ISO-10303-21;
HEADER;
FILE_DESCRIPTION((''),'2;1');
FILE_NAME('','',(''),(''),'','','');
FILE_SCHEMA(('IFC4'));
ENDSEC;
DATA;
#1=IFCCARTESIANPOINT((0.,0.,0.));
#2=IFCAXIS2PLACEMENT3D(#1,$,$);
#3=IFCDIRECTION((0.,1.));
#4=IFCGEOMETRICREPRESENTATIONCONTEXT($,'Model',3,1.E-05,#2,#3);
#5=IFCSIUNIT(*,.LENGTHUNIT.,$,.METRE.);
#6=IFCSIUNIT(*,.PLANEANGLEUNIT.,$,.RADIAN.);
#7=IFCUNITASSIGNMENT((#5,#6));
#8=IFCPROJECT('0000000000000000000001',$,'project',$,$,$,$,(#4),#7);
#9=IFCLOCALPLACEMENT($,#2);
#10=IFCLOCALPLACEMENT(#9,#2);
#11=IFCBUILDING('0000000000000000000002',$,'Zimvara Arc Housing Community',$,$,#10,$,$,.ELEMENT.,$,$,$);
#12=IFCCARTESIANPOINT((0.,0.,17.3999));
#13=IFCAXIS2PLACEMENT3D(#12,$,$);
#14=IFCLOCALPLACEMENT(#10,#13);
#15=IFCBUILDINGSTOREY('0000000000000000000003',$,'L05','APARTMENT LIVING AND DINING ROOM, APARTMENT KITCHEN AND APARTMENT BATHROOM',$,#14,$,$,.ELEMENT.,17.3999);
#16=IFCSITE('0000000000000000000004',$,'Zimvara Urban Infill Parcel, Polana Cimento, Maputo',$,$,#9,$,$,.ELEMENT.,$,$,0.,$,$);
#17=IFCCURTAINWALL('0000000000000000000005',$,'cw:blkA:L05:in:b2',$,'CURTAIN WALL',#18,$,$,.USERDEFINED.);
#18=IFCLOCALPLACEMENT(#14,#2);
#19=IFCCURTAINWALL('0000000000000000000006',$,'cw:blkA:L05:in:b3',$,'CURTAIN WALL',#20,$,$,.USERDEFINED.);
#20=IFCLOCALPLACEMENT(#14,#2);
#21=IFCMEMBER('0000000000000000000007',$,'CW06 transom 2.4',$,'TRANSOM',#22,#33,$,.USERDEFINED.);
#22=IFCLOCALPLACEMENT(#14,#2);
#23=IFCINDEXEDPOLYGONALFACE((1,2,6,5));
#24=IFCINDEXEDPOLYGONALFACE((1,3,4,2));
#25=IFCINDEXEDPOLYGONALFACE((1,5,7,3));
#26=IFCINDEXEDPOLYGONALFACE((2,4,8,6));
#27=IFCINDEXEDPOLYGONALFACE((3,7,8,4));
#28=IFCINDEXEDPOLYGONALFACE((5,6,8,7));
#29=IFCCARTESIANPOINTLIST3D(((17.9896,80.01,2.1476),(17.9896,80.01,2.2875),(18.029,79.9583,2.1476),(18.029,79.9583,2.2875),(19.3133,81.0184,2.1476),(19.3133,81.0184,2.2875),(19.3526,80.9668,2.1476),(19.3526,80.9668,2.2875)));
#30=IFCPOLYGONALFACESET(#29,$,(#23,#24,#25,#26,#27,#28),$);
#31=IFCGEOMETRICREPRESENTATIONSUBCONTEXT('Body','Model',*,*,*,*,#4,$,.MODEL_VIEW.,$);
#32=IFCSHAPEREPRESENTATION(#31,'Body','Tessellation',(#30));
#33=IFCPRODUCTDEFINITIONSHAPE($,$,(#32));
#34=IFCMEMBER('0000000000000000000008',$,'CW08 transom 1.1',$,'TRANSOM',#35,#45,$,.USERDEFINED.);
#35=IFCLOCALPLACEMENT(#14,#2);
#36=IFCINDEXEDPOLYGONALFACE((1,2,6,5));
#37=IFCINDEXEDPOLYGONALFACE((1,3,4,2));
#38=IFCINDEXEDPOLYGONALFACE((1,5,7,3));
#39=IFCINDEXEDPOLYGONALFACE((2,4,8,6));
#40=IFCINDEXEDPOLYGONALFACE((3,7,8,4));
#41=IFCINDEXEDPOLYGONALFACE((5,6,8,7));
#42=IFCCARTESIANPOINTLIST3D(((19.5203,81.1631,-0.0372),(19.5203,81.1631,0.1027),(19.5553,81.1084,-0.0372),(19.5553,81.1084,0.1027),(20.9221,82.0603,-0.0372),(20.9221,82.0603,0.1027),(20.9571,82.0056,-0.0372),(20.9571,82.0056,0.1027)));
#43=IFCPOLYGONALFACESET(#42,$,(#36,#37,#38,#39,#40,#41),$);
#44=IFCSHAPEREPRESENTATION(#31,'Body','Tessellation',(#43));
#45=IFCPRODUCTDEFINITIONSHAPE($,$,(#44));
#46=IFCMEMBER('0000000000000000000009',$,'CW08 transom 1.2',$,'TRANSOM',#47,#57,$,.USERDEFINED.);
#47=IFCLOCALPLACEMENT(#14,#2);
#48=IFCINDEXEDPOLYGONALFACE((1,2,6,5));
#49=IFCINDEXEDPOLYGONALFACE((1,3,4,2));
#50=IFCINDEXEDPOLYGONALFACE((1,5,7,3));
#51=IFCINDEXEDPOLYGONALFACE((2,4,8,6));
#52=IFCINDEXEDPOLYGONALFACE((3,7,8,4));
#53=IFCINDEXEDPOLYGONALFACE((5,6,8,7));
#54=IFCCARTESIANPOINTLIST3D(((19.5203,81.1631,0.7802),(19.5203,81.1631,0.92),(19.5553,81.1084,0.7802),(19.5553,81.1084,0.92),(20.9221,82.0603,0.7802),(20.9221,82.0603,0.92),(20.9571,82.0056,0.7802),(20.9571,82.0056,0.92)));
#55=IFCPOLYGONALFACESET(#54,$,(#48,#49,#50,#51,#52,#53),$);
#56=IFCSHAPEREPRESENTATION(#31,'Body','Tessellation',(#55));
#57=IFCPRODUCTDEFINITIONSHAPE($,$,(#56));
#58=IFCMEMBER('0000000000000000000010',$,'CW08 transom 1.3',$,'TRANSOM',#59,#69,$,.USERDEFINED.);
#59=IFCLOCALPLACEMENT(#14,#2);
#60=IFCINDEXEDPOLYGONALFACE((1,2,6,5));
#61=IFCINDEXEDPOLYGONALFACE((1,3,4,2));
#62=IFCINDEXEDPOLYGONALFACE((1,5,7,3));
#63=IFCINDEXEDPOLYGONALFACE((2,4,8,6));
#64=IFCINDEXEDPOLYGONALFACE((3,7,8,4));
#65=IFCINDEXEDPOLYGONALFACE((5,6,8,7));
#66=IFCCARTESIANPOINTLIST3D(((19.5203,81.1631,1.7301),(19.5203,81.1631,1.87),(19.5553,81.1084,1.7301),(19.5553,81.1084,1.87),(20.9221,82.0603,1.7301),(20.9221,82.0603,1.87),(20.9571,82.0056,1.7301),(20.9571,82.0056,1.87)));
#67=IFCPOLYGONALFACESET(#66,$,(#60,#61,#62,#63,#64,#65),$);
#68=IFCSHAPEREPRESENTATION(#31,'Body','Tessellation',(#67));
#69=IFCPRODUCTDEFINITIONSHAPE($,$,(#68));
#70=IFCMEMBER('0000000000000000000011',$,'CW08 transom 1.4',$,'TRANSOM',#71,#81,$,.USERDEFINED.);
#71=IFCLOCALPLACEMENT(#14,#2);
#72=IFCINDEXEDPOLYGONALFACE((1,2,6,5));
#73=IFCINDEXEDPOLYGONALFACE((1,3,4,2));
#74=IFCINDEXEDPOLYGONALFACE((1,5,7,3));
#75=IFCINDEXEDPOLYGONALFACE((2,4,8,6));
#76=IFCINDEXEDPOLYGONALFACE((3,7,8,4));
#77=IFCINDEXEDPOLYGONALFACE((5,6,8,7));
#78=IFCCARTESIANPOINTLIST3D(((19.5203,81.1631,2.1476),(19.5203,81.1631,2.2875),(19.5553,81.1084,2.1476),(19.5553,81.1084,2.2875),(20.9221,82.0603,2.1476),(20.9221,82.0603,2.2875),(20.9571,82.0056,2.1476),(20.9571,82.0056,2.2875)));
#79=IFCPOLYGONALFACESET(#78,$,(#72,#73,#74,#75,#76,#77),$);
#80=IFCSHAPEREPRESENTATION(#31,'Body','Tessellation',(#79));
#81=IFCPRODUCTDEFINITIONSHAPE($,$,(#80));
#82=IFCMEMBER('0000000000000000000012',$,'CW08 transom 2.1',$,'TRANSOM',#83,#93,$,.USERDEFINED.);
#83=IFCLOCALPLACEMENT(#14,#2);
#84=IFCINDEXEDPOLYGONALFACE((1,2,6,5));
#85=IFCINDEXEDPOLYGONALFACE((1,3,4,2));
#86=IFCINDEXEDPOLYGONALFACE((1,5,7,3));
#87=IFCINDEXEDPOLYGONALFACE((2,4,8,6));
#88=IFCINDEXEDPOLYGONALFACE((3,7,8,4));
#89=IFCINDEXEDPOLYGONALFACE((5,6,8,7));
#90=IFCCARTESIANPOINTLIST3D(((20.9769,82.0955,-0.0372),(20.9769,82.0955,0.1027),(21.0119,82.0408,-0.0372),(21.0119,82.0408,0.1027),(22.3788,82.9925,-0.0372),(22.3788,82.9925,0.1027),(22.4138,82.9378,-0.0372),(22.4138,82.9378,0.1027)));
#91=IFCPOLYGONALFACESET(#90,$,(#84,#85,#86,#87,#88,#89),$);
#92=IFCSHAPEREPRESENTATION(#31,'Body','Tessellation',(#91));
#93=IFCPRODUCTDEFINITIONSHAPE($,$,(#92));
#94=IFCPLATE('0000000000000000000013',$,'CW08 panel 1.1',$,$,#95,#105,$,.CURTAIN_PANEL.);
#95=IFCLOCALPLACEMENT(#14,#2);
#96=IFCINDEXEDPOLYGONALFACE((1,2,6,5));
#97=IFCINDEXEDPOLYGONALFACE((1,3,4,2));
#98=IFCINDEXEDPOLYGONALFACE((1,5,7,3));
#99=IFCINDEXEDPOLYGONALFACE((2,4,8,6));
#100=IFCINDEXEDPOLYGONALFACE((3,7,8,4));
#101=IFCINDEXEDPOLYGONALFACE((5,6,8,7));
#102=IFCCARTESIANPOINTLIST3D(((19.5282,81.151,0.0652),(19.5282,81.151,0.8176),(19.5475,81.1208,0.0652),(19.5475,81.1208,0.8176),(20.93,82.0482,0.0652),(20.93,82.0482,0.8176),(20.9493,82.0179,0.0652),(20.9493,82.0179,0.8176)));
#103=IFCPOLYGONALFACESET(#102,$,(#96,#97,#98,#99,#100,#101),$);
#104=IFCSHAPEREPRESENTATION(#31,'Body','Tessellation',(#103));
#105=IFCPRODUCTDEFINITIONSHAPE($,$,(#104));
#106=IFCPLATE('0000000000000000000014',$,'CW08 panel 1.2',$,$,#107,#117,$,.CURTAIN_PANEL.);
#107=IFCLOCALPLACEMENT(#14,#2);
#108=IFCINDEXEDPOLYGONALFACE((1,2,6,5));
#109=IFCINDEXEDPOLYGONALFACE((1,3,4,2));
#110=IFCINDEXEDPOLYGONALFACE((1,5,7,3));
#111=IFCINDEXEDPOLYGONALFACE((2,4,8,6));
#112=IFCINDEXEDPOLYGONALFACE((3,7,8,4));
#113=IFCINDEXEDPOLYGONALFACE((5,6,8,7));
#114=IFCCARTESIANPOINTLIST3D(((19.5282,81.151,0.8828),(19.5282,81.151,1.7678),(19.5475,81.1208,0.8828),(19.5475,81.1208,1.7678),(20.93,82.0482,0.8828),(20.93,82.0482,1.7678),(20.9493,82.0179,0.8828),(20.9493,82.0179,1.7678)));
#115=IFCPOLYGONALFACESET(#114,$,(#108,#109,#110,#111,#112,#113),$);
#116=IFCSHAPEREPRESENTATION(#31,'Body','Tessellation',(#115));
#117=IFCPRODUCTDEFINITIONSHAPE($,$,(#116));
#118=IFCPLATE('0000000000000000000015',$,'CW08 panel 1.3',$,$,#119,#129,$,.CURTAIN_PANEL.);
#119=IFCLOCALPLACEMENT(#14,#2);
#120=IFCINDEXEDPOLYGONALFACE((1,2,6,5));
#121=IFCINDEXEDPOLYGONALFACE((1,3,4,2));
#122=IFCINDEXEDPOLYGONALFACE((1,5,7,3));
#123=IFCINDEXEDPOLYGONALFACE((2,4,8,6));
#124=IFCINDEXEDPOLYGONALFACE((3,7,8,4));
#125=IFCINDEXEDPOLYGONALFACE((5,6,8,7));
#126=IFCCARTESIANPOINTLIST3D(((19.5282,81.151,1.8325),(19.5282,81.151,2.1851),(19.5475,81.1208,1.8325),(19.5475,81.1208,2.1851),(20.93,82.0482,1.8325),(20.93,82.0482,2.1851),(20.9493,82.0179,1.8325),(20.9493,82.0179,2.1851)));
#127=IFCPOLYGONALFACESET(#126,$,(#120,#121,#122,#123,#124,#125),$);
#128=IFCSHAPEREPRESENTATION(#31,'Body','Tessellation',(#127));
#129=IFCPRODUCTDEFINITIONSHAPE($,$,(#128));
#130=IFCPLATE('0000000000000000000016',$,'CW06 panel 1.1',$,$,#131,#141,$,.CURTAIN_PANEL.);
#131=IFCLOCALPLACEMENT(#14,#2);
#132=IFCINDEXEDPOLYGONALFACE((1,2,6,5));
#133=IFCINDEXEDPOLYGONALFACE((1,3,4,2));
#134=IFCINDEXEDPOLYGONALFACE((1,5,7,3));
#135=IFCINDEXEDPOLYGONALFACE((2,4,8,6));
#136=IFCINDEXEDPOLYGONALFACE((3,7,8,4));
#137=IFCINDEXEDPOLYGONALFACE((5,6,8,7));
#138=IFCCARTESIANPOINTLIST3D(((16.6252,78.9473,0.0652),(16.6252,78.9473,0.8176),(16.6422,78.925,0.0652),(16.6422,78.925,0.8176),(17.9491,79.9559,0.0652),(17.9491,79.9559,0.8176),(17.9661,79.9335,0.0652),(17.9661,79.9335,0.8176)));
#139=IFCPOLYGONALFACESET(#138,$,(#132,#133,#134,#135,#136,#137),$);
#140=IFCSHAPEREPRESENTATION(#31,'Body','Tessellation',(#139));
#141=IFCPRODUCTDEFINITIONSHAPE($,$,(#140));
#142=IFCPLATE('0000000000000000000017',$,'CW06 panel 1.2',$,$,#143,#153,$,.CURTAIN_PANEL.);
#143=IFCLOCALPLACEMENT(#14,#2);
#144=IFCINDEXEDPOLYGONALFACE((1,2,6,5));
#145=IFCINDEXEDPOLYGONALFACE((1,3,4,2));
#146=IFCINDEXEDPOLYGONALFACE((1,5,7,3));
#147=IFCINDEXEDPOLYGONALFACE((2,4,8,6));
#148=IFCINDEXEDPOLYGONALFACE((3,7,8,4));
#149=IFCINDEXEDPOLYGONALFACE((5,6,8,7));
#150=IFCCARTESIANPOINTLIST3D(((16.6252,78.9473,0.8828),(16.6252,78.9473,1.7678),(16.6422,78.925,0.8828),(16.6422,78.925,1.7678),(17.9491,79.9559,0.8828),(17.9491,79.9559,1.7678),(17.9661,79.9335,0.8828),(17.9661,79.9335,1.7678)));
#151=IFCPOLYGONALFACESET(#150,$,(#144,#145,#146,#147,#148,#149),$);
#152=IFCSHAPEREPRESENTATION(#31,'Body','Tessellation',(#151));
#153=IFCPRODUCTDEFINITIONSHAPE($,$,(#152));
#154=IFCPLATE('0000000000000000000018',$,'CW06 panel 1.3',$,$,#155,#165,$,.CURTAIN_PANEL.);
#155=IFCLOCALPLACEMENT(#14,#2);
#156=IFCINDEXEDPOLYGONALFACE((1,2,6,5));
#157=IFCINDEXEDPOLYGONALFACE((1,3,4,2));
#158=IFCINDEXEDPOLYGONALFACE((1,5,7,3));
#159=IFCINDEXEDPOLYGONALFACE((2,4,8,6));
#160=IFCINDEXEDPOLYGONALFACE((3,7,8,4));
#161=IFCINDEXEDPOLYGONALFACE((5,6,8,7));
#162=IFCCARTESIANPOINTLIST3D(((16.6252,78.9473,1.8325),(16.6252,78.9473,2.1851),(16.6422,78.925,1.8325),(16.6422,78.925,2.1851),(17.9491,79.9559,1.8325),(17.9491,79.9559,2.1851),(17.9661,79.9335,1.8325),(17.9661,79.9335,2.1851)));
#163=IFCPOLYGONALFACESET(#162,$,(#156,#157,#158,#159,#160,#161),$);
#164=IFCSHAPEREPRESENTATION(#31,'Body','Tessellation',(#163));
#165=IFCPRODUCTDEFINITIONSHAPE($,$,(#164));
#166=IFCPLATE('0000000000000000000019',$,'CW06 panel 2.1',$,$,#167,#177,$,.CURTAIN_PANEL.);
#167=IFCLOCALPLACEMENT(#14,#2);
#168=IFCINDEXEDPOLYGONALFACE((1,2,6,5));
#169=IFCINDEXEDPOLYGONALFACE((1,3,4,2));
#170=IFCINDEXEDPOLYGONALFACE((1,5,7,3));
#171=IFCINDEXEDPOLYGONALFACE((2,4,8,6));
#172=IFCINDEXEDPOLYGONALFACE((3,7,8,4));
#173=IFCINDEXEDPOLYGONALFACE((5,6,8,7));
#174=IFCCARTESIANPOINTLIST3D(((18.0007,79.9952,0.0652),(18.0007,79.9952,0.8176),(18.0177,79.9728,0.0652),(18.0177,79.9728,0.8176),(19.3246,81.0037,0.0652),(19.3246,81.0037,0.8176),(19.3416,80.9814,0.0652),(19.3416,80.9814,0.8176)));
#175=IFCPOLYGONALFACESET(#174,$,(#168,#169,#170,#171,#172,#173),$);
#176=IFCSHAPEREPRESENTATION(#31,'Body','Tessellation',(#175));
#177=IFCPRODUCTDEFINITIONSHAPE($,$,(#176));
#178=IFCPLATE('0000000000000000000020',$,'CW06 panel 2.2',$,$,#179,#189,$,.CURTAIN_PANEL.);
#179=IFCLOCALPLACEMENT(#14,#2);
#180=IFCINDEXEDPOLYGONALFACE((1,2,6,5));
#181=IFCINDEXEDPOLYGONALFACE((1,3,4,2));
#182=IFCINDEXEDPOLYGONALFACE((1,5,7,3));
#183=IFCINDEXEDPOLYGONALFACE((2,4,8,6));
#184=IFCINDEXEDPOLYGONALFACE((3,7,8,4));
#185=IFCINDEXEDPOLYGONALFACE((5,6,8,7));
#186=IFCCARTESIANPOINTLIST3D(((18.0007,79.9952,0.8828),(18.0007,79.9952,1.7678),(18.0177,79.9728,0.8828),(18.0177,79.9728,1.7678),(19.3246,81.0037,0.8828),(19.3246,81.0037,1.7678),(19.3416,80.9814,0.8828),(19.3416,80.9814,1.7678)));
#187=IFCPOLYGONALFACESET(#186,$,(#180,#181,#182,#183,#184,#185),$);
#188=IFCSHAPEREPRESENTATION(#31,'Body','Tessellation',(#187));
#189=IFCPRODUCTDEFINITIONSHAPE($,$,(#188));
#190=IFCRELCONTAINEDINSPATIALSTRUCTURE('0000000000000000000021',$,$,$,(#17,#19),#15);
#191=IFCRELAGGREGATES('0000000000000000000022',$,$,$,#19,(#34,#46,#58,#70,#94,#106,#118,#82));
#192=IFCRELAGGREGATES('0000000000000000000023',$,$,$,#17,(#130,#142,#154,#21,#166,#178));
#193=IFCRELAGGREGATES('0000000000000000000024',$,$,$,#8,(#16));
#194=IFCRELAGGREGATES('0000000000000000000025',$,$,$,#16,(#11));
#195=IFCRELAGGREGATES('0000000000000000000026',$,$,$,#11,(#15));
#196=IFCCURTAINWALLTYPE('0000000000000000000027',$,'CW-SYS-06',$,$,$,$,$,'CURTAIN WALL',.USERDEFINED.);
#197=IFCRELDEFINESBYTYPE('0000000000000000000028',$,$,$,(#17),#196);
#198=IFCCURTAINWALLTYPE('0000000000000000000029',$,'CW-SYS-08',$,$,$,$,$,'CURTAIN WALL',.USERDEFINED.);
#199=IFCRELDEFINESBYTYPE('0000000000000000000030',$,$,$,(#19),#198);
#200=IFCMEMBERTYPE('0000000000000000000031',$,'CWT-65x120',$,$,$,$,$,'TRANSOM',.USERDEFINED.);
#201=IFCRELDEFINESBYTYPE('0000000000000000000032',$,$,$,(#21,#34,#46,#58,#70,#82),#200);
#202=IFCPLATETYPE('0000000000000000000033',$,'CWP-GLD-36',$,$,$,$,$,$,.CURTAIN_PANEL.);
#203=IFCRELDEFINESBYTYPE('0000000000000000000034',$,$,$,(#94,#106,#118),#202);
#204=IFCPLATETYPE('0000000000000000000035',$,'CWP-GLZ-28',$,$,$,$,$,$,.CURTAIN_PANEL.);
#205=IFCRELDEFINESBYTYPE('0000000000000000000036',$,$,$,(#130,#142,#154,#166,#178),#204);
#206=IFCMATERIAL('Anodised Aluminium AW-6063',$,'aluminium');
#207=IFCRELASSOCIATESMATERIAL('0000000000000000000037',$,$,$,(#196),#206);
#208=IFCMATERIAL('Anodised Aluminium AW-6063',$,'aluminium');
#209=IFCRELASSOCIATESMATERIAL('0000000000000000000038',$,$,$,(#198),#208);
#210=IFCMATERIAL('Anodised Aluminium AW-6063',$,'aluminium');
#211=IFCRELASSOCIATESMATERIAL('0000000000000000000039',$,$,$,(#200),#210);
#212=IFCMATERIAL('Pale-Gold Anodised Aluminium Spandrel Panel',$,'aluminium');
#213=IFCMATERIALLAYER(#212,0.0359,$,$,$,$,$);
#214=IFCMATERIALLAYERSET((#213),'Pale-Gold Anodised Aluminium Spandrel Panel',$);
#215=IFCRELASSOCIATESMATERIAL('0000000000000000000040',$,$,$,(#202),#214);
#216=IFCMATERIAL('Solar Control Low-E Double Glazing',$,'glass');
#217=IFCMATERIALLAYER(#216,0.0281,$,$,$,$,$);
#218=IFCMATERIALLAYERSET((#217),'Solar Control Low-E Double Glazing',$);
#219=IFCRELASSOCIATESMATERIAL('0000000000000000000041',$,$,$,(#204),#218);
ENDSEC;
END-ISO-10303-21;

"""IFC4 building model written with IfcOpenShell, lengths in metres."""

from ifc_helpers import new_model, si_unit, direction, frame, origin, origin_2d, place, context, subcontext, project, spatial, rectangle, extrude, material, layer, layer_set, material_profile, profile_set, type_object, element, aggregate, save


model = new_model("IFC4")

# Units and contexts
model_context = context("Model", 3, precision=1e-05, world=origin(), true_north=direction((0.0, 1.0)))
body_context = subcontext(model_context, "Body", "Model", "MODEL_VIEW")
ifc_project = project(units=[si_unit("LENGTHUNIT", "METRE"), si_unit("PLANEANGLEUNIT", "RADIAN")], contexts=[model_context])

# Site, building, storey
site_placement = place(None, origin())
site = spatial("IfcSite", under=ifc_project, at=site_placement, Name="Zimvara Urban Infill Parcel, Polana Cimento, Maputo", CompositionType="ELEMENT", RefElevation=0.0)
building_placement = place(site_placement, origin())
building = spatial("IfcBuilding", under=site, at=building_placement, Name="Zimvara Arc Housing Community", CompositionType="ELEMENT")
storey_placement = place(building_placement, frame((0.0, 0.0, 17.3999)))
storey = spatial("IfcBuildingStorey", under=building, at=storey_placement, Name="L05", Description="APARTMENT LIVING AND DINING ROOM, APARTMENT KITCHEN AND APARTMENT BATHROOM", CompositionType="ELEMENT", Elevation=17.3999)

# Curtain walls
ifc_material_1 = material(Name="Anodised Aluminium AW-6063", Category="aluminium")
curtain_wall_type_1 = type_object("IfcCurtainWallType", Name="CW-SYS-06", ElementType="CURTAIN WALL", PredefinedType="USERDEFINED", material=ifc_material_1)
curtain_wall_1_placement = place(storey_placement, origin())
curtain_wall_1 = element("IfcCurtainWall", 1, at=curtain_wall_1_placement, inside=storey, type_object=curtain_wall_type_1, Name="cw:blkA:L05:in:b2", ObjectType="CURTAIN WALL", PredefinedType="USERDEFINED")
ifc_material_2 = material(Name="Anodised Aluminium AW-6063", Category="aluminium")
curtain_wall_type_2 = type_object("IfcCurtainWallType", Name="CW-SYS-08", ElementType="CURTAIN WALL", PredefinedType="USERDEFINED", material=ifc_material_2)
curtain_wall_2_placement = place(storey_placement, origin())
curtain_wall_2 = element("IfcCurtainWall", 2, at=curtain_wall_2_placement, inside=storey, type_object=curtain_wall_type_2, Name="cw:blkA:L05:in:b3", ObjectType="CURTAIN WALL", PredefinedType="USERDEFINED")

# Members
ifc_material_3 = material(Name="Anodised Aluminium AW-6063", Category="aluminium")
ifc_material_profile_1 = material_profile(ifc_material_3, rectangle(XDim=0.0649, YDim=0.1399, at=origin_2d()), Name="ALU 65x140")
ifc_profile_set_1 = profile_set([ifc_material_profile_1], Name="Anodised Aluminium AW-6063")
member_type_1 = type_object("IfcMemberType", Name="CWT-65x120", ElementType="TRANSOM", PredefinedType="USERDEFINED", material=ifc_profile_set_1)
member_1_placement = place(storey_placement, frame((18.0093, 79.9841, 2.2175), z_axis=(0.795435, 0.606039, 0.0), x_axis=(-0.606039, 0.795435, 0.0)))
member_1 = element("IfcMember", 3, at=member_1_placement, type_object=member_type_1, Name="CW06 transom 2.4", ObjectType="TRANSOM", PredefinedType="USERDEFINED", context=body_context, shape_type="SweptSolid", body=[
    extrude(rectangle(XDim=0.0649, YDim=0.1399, at=origin_2d()), origin(), (0.0, 0.0, 1.0), 1.6641),
])
member_2_placement = place(storey_placement, frame((19.5378, 81.1357, 0.0327), z_axis=(0.842263, 0.539066, 0.0), x_axis=(-0.539066, 0.842263, 0.0)))
member_2 = element("IfcMember", 4, at=member_2_placement, type_object=member_type_1, Name="CW08 transom 1.1", ObjectType="TRANSOM", PredefinedType="USERDEFINED", context=body_context, shape_type="SweptSolid", body=[
    extrude(rectangle(XDim=0.0649, YDim=0.1399, at=origin_2d()), origin(), (0.0, 0.0, 1.0), 1.6643),
])
member_3_placement = place(storey_placement, frame((19.5378, 81.1357, 0.8501), z_axis=(0.842263, 0.539066, 0.0), x_axis=(-0.539066, 0.842263, 0.0)))
member_3 = element("IfcMember", 5, at=member_3_placement, type_object=member_type_1, Name="CW08 transom 1.2", ObjectType="TRANSOM", PredefinedType="USERDEFINED", context=body_context, shape_type="SweptSolid", body=[
    extrude(rectangle(XDim=0.0649, YDim=0.1399, at=origin_2d()), origin(), (0.0, 0.0, 1.0), 1.6643),
])
member_4_placement = place(storey_placement, frame((19.5378, 81.1357, 1.8), z_axis=(0.842263, 0.539066, 0.0), x_axis=(-0.539066, 0.842263, 0.0)))
member_4 = element("IfcMember", 6, at=member_4_placement, type_object=member_type_1, Name="CW08 transom 1.3", ObjectType="TRANSOM", PredefinedType="USERDEFINED", context=body_context, shape_type="SweptSolid", body=[
    extrude(rectangle(XDim=0.0649, YDim=0.1399, at=origin_2d()), origin(), (0.0, 0.0, 1.0), 1.6643),
])
member_5_placement = place(storey_placement, frame((19.5378, 81.1357, 2.2175), z_axis=(0.842263, 0.539066, 0.0), x_axis=(-0.539066, 0.842263, 0.0)))
member_5 = element("IfcMember", 7, at=member_5_placement, type_object=member_type_1, Name="CW08 transom 1.4", ObjectType="TRANSOM", PredefinedType="USERDEFINED", context=body_context, shape_type="SweptSolid", body=[
    extrude(rectangle(XDim=0.0649, YDim=0.1399, at=origin_2d()), origin(), (0.0, 0.0, 1.0), 1.6643),
])
member_6_placement = place(storey_placement, frame((20.9944, 82.0681, 0.0327), z_axis=(0.84233, 0.538962, 0.0), x_axis=(-0.538962, 0.84233, 0.0)))
member_6 = element("IfcMember", 8, at=member_6_placement, type_object=member_type_1, Name="CW08 transom 2.1", ObjectType="TRANSOM", PredefinedType="USERDEFINED", context=body_context, shape_type="SweptSolid", body=[
    extrude(rectangle(XDim=0.0649, YDim=0.1399, at=origin_2d()), origin(), (0.0, 0.0, 1.0), 1.6643),
])

# Plates
ifc_material_4 = material(Name="Pale-Gold Anodised Aluminium Spandrel Panel", Category="aluminium")
ifc_layer_1 = layer(ifc_material_4, 0.0359)
ifc_layer_set_1 = layer_set([ifc_layer_1], Name="Pale-Gold Anodised Aluminium Spandrel Panel")
plate_type_1 = type_object("IfcPlateType", Name="CWP-GLD-36", PredefinedType="CURTAIN_PANEL", material=ifc_layer_set_1)
plate_1_placement = place(storey_placement, frame((20.2388, 81.5845, 0.0652), z_axis=(0.0, 0.0, 1.0), x_axis=(0.842265, 0.539064, 0.0)))
plate_1 = element("IfcPlate", 9, at=plate_1_placement, type_object=plate_type_1, Name="CW08 panel 1.1", PredefinedType="CURTAIN_PANEL", context=body_context, shape_type="SweptSolid", body=[
    extrude(rectangle(XDim=1.6643, YDim=0.0359, at=origin_2d()), origin(), (0.0, 0.0, 1.0), 0.7524),
])
plate_2_placement = place(storey_placement, frame((20.2388, 81.5845, 0.8828), z_axis=(0.0, 0.0, 1.0), x_axis=(0.842265, 0.539064, 0.0)))
plate_2 = element("IfcPlate", 10, at=plate_2_placement, type_object=plate_type_1, Name="CW08 panel 1.2", PredefinedType="CURTAIN_PANEL", context=body_context, shape_type="SweptSolid", body=[
    extrude(rectangle(XDim=1.6643, YDim=0.0359, at=origin_2d()), origin(), (0.0, 0.0, 1.0), 0.885),
])
plate_3_placement = place(storey_placement, frame((20.2388, 81.5845, 1.8325), z_axis=(0.0, 0.0, 1.0), x_axis=(0.842265, 0.539064, 0.0)))
plate_3 = element("IfcPlate", 11, at=plate_3_placement, type_object=plate_type_1, Name="CW08 panel 1.3", PredefinedType="CURTAIN_PANEL", context=body_context, shape_type="SweptSolid", body=[
    extrude(rectangle(XDim=1.6643, YDim=0.0359, at=origin_2d()), origin(), (0.0, 0.0, 1.0), 0.3525),
])
aggregate(curtain_wall_2, [member_2, member_3, member_4, member_5, plate_1, plate_2, plate_3, member_6])
ifc_material_5 = material(Name="Solar Control Low-E Double Glazing", Category="glass")
ifc_layer_2 = layer(ifc_material_5, 0.0281)
ifc_layer_set_2 = layer_set([ifc_layer_2], Name="Solar Control Low-E Double Glazing")
plate_type_2 = type_object("IfcPlateType", Name="CWP-GLZ-28", PredefinedType="CURTAIN_PANEL", material=ifc_layer_set_2)
plate_4_placement = place(storey_placement, frame((17.2957, 79.4404, 0.0652), z_axis=(0.0, 0.0, 1.0), x_axis=(0.795474, 0.605988, 0.0)))
plate_4 = element("IfcPlate", 12, at=plate_4_placement, type_object=plate_type_2, Name="CW06 panel 1.1", PredefinedType="CURTAIN_PANEL", context=body_context, shape_type="SweptSolid", body=[
    extrude(rectangle(XDim=1.6643, YDim=0.0281, at=origin_2d()), origin(), (0.0, 0.0, 1.0), 0.7524),
])
plate_5_placement = place(storey_placement, frame((17.2957, 79.4404, 0.8828), z_axis=(0.0, 0.0, 1.0), x_axis=(0.795474, 0.605988, 0.0)))
plate_5 = element("IfcPlate", 13, at=plate_5_placement, type_object=plate_type_2, Name="CW06 panel 1.2", PredefinedType="CURTAIN_PANEL", context=body_context, shape_type="SweptSolid", body=[
    extrude(rectangle(XDim=1.6643, YDim=0.0281, at=origin_2d()), origin(), (0.0, 0.0, 1.0), 0.885),
])
plate_6_placement = place(storey_placement, frame((17.2957, 79.4404, 1.8325), z_axis=(0.0, 0.0, 1.0), x_axis=(0.795474, 0.605988, 0.0)))
plate_6 = element("IfcPlate", 14, at=plate_6_placement, type_object=plate_type_2, Name="CW06 panel 1.3", PredefinedType="CURTAIN_PANEL", context=body_context, shape_type="SweptSolid", body=[
    extrude(rectangle(XDim=1.6643, YDim=0.0281, at=origin_2d()), origin(), (0.0, 0.0, 1.0), 0.3525),
])
plate_7_placement = place(storey_placement, frame((18.6711, 80.4883, 0.0652), z_axis=(0.0, 0.0, 1.0), x_axis=(0.795474, 0.605988, 0.0)))
plate_7 = element("IfcPlate", 15, at=plate_7_placement, type_object=plate_type_2, Name="CW06 panel 2.1", PredefinedType="CURTAIN_PANEL", context=body_context, shape_type="SweptSolid", body=[
    extrude(rectangle(XDim=1.6643, YDim=0.0281, at=origin_2d()), origin(), (0.0, 0.0, 1.0), 0.7524),
])
plate_8_placement = place(storey_placement, frame((18.6711, 80.4883, 0.8828), z_axis=(0.0, 0.0, 1.0), x_axis=(0.795474, 0.605988, 0.0)))
plate_8 = element("IfcPlate", 16, at=plate_8_placement, type_object=plate_type_2, Name="CW06 panel 2.2", PredefinedType="CURTAIN_PANEL", context=body_context, shape_type="SweptSolid", body=[
    extrude(rectangle(XDim=1.6643, YDim=0.0281, at=origin_2d()), origin(), (0.0, 0.0, 1.0), 0.885),
])
aggregate(curtain_wall_1, [plate_4, plate_5, plate_6, member_1, plate_7, plate_8])

save(model, "model.ifc")
